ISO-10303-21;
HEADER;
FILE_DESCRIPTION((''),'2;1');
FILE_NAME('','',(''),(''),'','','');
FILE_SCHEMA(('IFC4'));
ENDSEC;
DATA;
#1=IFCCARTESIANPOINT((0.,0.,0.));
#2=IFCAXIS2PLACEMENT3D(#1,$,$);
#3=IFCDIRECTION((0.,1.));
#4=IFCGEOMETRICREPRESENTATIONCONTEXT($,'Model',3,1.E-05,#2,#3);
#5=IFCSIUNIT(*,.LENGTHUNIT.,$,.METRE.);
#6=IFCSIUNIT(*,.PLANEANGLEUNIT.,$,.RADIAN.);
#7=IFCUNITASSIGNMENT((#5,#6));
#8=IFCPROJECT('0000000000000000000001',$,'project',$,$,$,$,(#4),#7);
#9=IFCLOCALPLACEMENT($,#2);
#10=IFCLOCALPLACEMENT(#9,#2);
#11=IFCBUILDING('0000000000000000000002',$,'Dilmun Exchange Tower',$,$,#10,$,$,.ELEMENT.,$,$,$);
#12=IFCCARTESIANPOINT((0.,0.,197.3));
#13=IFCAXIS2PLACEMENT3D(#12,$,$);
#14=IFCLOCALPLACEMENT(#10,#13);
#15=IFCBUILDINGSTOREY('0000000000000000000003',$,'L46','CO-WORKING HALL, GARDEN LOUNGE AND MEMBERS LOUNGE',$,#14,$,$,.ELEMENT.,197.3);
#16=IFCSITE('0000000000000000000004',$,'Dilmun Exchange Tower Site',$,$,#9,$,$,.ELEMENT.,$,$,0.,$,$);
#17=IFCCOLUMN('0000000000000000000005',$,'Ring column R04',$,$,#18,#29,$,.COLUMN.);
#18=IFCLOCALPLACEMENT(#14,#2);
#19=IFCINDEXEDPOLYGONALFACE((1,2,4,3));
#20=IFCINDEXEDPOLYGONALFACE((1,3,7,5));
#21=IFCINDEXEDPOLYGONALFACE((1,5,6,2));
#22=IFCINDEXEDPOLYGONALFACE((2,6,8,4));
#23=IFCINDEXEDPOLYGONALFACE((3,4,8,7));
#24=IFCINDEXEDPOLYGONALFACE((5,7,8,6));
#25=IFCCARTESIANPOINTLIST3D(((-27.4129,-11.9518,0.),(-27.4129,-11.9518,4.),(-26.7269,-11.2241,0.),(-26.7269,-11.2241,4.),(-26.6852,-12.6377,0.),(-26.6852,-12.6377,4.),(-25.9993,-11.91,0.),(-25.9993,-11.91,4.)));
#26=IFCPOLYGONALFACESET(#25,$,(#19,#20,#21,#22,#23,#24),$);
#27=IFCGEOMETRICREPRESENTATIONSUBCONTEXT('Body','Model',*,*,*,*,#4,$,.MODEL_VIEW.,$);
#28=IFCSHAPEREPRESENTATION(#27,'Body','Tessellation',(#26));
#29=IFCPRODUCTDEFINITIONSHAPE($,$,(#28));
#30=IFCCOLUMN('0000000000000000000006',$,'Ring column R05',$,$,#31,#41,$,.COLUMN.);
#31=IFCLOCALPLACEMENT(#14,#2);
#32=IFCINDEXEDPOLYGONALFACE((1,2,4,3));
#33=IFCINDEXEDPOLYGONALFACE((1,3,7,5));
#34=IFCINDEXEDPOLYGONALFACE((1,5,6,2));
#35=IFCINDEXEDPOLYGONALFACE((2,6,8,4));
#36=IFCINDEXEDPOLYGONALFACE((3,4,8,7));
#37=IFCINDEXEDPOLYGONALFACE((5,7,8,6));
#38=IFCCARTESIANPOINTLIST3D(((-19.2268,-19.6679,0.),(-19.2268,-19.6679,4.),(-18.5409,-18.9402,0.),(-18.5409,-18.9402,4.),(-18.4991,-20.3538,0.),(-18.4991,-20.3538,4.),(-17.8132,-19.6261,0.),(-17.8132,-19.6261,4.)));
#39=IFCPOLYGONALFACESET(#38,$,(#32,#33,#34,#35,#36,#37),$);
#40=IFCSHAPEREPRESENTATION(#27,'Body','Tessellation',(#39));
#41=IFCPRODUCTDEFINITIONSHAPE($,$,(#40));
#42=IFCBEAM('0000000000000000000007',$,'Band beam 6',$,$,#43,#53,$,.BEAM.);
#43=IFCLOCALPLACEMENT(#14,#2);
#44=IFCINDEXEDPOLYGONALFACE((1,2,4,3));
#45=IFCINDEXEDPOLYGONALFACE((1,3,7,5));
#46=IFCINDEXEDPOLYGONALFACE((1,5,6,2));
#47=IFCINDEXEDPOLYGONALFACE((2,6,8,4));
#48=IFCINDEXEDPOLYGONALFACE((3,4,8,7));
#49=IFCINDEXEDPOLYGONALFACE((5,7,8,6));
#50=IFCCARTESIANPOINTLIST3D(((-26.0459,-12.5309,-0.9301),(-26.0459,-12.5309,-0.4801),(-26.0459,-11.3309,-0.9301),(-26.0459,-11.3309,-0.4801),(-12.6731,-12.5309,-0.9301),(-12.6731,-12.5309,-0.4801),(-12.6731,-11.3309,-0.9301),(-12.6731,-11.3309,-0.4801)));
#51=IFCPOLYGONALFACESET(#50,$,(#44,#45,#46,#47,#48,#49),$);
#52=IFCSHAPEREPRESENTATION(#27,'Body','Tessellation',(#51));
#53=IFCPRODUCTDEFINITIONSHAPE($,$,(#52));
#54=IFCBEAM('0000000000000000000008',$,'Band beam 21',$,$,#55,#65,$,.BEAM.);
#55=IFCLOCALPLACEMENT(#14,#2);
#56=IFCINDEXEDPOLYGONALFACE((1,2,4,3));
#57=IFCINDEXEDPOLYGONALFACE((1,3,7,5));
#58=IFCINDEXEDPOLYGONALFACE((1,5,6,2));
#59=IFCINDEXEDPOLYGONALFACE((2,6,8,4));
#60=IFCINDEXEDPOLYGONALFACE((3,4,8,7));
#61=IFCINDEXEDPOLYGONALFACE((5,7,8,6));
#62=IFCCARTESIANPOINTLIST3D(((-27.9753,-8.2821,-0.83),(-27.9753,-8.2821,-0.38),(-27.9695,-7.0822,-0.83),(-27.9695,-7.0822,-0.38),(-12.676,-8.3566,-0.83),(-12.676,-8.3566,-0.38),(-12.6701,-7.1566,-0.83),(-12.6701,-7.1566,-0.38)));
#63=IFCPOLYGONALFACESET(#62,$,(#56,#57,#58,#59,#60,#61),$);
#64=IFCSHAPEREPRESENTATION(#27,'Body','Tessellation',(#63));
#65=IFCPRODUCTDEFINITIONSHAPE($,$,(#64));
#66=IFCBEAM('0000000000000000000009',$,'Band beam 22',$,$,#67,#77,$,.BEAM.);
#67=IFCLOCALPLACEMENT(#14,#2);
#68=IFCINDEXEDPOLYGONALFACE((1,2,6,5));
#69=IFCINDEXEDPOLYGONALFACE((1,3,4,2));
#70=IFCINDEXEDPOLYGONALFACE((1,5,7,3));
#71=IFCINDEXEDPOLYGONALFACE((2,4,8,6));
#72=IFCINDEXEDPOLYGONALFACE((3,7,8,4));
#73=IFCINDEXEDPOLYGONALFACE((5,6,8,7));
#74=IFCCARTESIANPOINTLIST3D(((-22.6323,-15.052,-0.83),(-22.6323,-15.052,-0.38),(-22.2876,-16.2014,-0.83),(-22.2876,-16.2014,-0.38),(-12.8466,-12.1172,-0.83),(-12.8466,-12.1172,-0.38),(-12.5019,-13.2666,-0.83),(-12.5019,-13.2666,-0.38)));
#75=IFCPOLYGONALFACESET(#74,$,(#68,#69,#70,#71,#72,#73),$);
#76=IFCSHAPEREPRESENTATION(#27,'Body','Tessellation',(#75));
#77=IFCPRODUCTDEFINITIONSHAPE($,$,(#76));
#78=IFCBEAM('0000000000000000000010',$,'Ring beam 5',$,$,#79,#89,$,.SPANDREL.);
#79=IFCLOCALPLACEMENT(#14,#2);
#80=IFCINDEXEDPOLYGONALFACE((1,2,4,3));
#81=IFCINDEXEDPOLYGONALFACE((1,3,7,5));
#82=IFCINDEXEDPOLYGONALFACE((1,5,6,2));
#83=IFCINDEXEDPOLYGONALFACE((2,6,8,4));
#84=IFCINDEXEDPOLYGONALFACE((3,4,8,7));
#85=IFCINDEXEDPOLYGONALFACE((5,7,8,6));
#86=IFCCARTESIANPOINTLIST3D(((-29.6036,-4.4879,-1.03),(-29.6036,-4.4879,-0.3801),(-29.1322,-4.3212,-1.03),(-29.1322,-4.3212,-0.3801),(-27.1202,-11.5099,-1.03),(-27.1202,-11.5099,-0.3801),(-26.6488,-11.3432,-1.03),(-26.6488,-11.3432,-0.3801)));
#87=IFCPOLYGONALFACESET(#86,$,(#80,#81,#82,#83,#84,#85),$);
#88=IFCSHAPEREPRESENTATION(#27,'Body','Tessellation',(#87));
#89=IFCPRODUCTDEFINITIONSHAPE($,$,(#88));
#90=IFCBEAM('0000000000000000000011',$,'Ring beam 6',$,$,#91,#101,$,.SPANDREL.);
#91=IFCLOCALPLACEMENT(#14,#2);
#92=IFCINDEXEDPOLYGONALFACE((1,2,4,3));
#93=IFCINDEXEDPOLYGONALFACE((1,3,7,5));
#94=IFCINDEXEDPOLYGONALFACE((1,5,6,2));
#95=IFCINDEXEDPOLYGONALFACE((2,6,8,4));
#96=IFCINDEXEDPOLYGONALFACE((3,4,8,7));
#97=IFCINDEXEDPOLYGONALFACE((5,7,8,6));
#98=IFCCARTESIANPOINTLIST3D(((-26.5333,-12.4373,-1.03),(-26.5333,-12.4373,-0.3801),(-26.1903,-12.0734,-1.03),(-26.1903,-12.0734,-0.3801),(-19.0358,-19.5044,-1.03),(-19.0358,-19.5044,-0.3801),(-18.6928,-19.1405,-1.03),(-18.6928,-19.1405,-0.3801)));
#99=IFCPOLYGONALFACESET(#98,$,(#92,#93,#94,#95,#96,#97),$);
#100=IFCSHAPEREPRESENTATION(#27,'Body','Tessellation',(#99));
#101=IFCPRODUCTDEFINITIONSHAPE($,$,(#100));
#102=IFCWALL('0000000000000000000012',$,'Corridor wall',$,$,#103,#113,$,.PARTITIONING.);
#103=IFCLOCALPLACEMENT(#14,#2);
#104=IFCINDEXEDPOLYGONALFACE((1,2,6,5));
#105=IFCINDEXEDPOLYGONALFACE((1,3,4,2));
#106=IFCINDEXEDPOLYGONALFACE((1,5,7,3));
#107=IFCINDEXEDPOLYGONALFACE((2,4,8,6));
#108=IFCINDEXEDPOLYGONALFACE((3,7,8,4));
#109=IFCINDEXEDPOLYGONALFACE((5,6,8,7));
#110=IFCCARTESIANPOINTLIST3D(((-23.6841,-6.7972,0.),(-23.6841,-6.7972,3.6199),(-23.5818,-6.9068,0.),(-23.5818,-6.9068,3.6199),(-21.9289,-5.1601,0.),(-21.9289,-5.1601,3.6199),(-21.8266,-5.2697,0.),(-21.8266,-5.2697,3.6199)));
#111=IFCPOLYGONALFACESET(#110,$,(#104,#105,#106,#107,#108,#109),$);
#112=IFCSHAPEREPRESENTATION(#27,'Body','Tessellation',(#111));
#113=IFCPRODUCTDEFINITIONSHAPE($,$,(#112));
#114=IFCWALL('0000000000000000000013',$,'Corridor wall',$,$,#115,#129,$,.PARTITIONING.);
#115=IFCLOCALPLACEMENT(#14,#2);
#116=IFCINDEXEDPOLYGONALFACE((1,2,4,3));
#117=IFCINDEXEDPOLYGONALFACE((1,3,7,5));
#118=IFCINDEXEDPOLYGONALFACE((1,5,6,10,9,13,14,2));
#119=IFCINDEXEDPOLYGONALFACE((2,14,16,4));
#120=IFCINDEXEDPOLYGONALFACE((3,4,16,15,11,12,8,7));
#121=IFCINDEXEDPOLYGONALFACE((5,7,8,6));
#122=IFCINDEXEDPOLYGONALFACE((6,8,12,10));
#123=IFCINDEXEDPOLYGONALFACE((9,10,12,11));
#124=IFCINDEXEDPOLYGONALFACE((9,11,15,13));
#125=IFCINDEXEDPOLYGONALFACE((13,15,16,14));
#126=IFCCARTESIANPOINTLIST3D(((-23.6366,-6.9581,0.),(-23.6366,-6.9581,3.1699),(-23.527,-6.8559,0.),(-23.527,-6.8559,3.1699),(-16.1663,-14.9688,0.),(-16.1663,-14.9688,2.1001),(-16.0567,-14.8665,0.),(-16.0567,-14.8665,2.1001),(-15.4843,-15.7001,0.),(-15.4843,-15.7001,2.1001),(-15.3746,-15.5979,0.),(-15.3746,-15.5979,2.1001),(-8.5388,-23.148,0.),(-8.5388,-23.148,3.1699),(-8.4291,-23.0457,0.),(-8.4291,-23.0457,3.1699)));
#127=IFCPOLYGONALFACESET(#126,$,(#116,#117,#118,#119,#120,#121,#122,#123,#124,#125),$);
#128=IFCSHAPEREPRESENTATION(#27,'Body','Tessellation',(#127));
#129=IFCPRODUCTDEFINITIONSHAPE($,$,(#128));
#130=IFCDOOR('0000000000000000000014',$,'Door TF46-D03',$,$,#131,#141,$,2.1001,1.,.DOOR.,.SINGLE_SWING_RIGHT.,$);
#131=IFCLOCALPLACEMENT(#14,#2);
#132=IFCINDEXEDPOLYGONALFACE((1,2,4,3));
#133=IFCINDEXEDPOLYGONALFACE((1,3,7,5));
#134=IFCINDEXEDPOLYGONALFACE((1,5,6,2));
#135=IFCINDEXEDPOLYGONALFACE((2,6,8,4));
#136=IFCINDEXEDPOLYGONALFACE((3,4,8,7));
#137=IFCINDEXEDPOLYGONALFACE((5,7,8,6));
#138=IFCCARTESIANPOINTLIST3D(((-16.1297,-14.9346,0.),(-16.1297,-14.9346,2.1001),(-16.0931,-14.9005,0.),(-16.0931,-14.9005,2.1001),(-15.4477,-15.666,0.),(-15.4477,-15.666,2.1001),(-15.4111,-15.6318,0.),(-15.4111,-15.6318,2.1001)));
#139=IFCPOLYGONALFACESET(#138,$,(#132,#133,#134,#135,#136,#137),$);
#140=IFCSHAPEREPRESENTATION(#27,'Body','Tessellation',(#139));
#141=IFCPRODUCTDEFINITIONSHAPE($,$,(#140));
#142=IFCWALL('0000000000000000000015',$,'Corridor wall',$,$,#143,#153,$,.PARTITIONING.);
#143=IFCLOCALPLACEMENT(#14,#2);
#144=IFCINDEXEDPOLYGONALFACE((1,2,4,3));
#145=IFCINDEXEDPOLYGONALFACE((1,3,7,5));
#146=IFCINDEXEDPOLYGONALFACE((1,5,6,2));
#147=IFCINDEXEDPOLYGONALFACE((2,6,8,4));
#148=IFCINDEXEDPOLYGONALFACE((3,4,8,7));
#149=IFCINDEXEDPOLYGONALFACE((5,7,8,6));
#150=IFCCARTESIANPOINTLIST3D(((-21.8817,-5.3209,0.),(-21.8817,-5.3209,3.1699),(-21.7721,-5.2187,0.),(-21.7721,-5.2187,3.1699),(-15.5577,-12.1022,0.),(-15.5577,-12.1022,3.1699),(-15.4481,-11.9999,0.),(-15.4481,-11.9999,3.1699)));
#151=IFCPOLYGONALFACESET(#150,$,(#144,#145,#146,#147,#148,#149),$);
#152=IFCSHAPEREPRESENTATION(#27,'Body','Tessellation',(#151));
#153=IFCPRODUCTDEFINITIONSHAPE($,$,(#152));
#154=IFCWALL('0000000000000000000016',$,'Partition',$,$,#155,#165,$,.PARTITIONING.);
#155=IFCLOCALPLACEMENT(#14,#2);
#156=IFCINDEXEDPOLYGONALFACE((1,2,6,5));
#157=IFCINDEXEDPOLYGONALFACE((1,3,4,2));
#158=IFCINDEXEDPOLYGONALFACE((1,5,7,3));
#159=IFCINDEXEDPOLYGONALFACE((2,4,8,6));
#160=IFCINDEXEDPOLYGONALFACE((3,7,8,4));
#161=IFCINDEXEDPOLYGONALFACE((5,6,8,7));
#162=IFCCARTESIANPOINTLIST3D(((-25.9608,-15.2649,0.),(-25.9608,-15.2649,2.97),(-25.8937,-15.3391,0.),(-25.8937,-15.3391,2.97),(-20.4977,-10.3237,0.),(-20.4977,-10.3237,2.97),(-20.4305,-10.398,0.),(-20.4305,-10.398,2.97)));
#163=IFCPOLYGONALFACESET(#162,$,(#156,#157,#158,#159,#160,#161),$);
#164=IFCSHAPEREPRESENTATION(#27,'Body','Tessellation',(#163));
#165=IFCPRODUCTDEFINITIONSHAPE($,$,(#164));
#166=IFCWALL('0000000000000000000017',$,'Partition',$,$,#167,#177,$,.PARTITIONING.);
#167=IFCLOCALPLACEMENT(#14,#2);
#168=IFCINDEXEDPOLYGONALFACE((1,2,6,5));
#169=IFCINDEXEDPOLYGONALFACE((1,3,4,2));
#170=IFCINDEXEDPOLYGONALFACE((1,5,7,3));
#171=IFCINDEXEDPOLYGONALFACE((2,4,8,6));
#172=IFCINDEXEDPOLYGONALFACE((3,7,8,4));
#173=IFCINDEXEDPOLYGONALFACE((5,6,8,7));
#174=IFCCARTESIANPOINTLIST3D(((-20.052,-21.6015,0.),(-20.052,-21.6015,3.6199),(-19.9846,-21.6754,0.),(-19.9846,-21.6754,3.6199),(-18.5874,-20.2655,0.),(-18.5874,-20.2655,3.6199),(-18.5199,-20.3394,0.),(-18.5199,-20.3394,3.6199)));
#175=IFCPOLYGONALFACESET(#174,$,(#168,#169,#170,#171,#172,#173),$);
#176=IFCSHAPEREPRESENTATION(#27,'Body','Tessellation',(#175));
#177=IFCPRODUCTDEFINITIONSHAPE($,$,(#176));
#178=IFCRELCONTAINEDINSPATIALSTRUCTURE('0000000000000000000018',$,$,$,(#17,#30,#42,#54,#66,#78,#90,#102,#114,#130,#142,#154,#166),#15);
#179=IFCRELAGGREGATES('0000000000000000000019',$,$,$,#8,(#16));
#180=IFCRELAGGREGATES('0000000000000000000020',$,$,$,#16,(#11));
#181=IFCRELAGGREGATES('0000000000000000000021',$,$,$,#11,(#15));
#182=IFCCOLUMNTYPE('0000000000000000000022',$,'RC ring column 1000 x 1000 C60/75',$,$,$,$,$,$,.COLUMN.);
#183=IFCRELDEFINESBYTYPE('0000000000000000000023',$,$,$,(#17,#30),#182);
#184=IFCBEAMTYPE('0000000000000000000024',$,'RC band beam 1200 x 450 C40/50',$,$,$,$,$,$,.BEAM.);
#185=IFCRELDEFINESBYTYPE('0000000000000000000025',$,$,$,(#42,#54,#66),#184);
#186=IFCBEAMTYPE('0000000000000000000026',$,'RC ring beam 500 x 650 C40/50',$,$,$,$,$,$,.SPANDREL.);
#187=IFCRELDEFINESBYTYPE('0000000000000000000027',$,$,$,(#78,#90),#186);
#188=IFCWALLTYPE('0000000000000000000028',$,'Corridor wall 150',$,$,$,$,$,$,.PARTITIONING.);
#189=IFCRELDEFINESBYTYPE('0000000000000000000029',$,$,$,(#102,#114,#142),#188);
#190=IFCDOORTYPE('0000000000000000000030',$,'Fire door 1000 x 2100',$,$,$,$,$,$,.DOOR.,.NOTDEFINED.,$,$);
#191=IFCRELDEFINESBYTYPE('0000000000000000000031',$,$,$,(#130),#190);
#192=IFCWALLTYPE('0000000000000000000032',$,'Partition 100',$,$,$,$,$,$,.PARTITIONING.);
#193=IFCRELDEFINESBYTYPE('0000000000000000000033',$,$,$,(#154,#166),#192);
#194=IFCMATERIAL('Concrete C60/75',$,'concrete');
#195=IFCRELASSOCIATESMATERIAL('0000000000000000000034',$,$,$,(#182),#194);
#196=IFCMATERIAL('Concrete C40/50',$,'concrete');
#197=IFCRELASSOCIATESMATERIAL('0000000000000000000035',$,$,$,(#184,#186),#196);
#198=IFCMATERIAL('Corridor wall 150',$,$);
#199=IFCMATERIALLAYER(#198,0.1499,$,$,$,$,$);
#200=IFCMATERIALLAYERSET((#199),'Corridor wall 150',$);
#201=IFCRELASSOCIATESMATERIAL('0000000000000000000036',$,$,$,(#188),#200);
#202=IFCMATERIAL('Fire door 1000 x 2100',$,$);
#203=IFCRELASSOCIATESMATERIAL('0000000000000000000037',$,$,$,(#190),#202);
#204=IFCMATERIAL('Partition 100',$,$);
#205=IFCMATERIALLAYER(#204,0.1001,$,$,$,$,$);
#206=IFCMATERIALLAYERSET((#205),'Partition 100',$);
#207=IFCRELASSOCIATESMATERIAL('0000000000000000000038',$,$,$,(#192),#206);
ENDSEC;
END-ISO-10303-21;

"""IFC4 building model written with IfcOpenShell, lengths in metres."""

from ifc_helpers import new_model, si_unit, direction, frame, frame_2d, origin, origin_2d, place, context, subcontext, project, spatial, rectangle, extrude, material, layer, layer_set, material_profile, profile_set, type_object, element, fill, save


model = new_model("IFC4")

# Units and contexts
model_context = context("Model", 3, precision=1e-05, world=origin(), true_north=direction((0.0, 1.0)))
body_context = subcontext(model_context, "Body", "Model", "MODEL_VIEW")
ifc_project = project(units=[si_unit("LENGTHUNIT", "METRE"), si_unit("PLANEANGLEUNIT", "RADIAN")], contexts=[model_context])

# Site, building, storey
site_placement = place(None, origin())
site = spatial("IfcSite", under=ifc_project, at=site_placement, Name="Dilmun Exchange Tower Site", CompositionType="ELEMENT", RefElevation=0.0)
building_placement = place(site_placement, origin())
building = spatial("IfcBuilding", under=site, at=building_placement, Name="Dilmun Exchange Tower", CompositionType="ELEMENT")
storey_placement = place(building_placement, frame((0.0, 0.0, 197.3)))
storey = spatial("IfcBuildingStorey", under=building, at=storey_placement, Name="L46", Description="CO-WORKING HALL, GARDEN LOUNGE AND MEMBERS LOUNGE", CompositionType="ELEMENT", Elevation=197.3)

# Columns
ifc_material_1 = material(Name="Concrete C60/75", Category="concrete")
ifc_material_profile_1 = material_profile(ifc_material_1, rectangle(XDim=1.0, YDim=1.0, at=origin_2d()), Name="1000 x 1000")
ifc_profile_set_1 = profile_set([ifc_material_profile_1], Name="Concrete C60/75")
column_type = type_object("IfcColumnType", Name="RC ring column 1000 x 1000 C60/75", PredefinedType="COLUMN", material=ifc_profile_set_1)
for number, where, z_axis, x_axis, name in (
    (1, (-26.7061, -11.9309, 0.0), (0.0, 0.0, 1.0), (0.685916, 0.727681, 0.0), "Ring column R04"),
    (2, (-18.52, -19.647, 0.0), (0.0, 0.0, 1.0), (0.685916, 0.727681, 0.0), "Ring column R05"),
):
    element("IfcColumn", number, at=place(storey_placement, frame(where, z_axis=z_axis, x_axis=x_axis)), inside=storey, type_object=column_type, Name=name, PredefinedType="COLUMN", context=body_context, shape_type="SweptSolid", body=[
        extrude(rectangle(XDim=1.0, YDim=1.0, at=origin_2d()), origin(), (0.0, 0.0, 1.0), 4.0),
    ])

# Beams
ifc_material_2 = material(Name="Concrete C40/50", Category="concrete")
ifc_material_profile_2 = material_profile(ifc_material_2, rectangle(XDim=1.2, YDim=0.45, at=origin_2d()), Name="1200 x 450")
ifc_profile_set_2 = profile_set([ifc_material_profile_2], Name="Concrete C40/50")
beam_type_1 = type_object("IfcBeamType", Name="RC band beam 1200 x 450 C40/50", PredefinedType="BEAM", material=ifc_profile_set_2)
beam_1_placement = place(storey_placement, frame((-26.0459, -11.9309, -0.7051), z_axis=(1.0, 0.0, 0.0), x_axis=(0.0, 1.0, 0.0)))
element("IfcBeam", 3, at=beam_1_placement, inside=storey, type_object=beam_type_1, Name="Band beam 6", PredefinedType="BEAM", context=body_context, shape_type="SweptSolid", body=[
    extrude(rectangle(XDim=1.2, YDim=0.45, at=origin_2d()), origin(), (0.0, 0.0, 1.0), 13.3728),
])
beam_2_placement = place(storey_placement, frame((-27.9724, -7.6821, -0.605), z_axis=(0.999988, -0.004867, 0.0), x_axis=(0.004867, 0.999988, 0.0)))
element("IfcBeam", 4, at=beam_2_placement, inside=storey, type_object=beam_type_1, Name="Band beam 21", PredefinedType="BEAM", context=body_context, shape_type="SweptSolid", body=[
    extrude(rectangle(XDim=1.2, YDim=0.45, at=origin_2d()), origin(), (0.0, 0.0, 1.0), 15.2996),
])
beam_3_placement = place(storey_placement, frame((-22.46, -15.6267, -0.605), z_axis=(0.95785, 0.287269, 0.0), x_axis=(-0.287269, 0.95785, 0.0)))
element("IfcBeam", 5, at=beam_3_placement, inside=storey, type_object=beam_type_1, Name="Band beam 22", PredefinedType="BEAM", context=body_context, shape_type="SweptSolid", body=[
    extrude(rectangle(XDim=1.2, YDim=0.45, at=origin_2d()), origin(), (0.0, 0.0, 1.0), 10.2163),
])
ifc_material_profile_3 = material_profile(ifc_material_2, rectangle(XDim=0.5, YDim=0.6499, at=origin_2d()), Name="500 x 650")
ifc_profile_set_3 = profile_set([ifc_material_profile_3], Name="Concrete C40/50")
beam_type_2 = type_object("IfcBeamType", Name="RC ring beam 500 x 650 C40/50", PredefinedType="SPANDREL", material=ifc_profile_set_3)
beam_4_placement = place(storey_placement, frame((-29.3679, -4.4045, -0.7051), z_axis=(0.333424, -0.942777, 0.0), x_axis=(0.942777, 0.333424, 0.0)))
element("IfcBeam", 6, at=beam_4_placement, inside=storey, type_object=beam_type_2, Name="Ring beam 5", PredefinedType="SPANDREL", context=body_context, shape_type="SweptSolid", body=[
    extrude(rectangle(XDim=0.5, YDim=0.6499, at=origin_2d()), origin(), (0.0, 0.0, 1.0), 7.4482),
])
beam_5_placement = place(storey_placement, frame((-26.3618, -12.2554, -0.7051), z_axis=(0.727686, -0.685911, 0.0), x_axis=(0.685911, 0.727686, 0.0)))
element("IfcBeam", 7, at=beam_5_placement, inside=storey, type_object=beam_type_2, Name="Ring beam 6", PredefinedType="SPANDREL", context=body_context, shape_type="SweptSolid", body=[
    extrude(rectangle(XDim=0.5, YDim=0.6499, at=origin_2d()), origin(), (0.0, 0.0, 1.0), 10.3032),
])

# Wall
ifc_material_3 = material(Name="Corridor wall 150")
ifc_layer_1 = layer(ifc_material_3, 0.1499)
ifc_layer_set_1 = layer_set([ifc_layer_1], Name="Corridor wall 150")
wall_type_1 = type_object("IfcWallType", Name="Corridor wall 150", PredefinedType="PARTITIONING", material=ifc_layer_set_1)
wall_1_placement = place(storey_placement, frame((-23.6331, -6.8521, 0.0), z_axis=(0.0, 0.0, 1.0), x_axis=(0.731295, 0.682061, 0.0)))
element("IfcWall", 8, at=wall_1_placement, inside=storey, type_object=wall_type_1, Name="Corridor wall", PredefinedType="PARTITIONING", context=body_context, shape_type="SweptSolid", body=[
    extrude(rectangle(XDim=2.4001, YDim=0.1499, at=frame_2d((1.2002, 0.0))), origin(), (0.0, 0.0, 1.0), 3.6199),
])

# Wall, opening, door
wall_2_placement = place(storey_placement, frame((-23.5818, -6.907, 0.0), z_axis=(0.0, 0.0, 1.0), x_axis=(0.682011, -0.731342, 0.0)))
wall_2 = element("IfcWall", 9, at=wall_2_placement, inside=storey, type_object=wall_type_1, Name="Corridor wall", PredefinedType="PARTITIONING", context=body_context, shape_type="SweptSolid", body=[
    extrude(rectangle(XDim=22.1372, YDim=0.1499, at=frame_2d((11.0686, 0.0))), origin(), (0.0, 0.0, 1.0), 3.1699),
])
opening_1_placement = place(wall_2_placement, frame((10.9534, 0.0, 0.0)))
opening_1 = element("IfcOpeningElement", 10, at=opening_1_placement, cuts=wall_2, PredefinedType="OPENING", context=body_context, shape_type="SweptSolid", body=[
    extrude(rectangle(XDim=1.0, YDim=2.1001, at=frame_2d((0.5, 1.05))), frame((0.0, 0.085, 0.0), z_axis=(0.0, -1.0, 0.0), x_axis=(1.0, 0.0, 0.0)), (0.0, 0.0, 1.0), 0.1699),
])
ifc_material_4 = material(Name="Fire door 1000 x 2100")
door_type = type_object("IfcDoorType", Name="Fire door 1000 x 2100", OperationType="NOTDEFINED", PredefinedType="DOOR", material=ifc_material_4)
door_placement = place(opening_1_placement, frame((1.0, 0.0, 0.0), z_axis=(0.0, 0.0, 1.0), x_axis=(-1.0, 0.0, 0.0)))
door = element("IfcDoor", 11, at=door_placement, inside=storey, type_object=door_type, Name="Door TF46-D03", OperationType="SINGLE_SWING_RIGHT", OverallHeight=2.1001, OverallWidth=1.0, PredefinedType="DOOR", context=body_context, shape_type="SweptSolid", body=[
    extrude(rectangle(XDim=1.0, YDim=2.1001, at=frame_2d((0.5, 1.05))), frame((0.0, 0.0249, 0.0), z_axis=(0.0, -1.0, 0.0), x_axis=(1.0, 0.0, 0.0)), (0.0, 0.0, 1.0), 0.05),
])
fill(opening_1, door)

# Walls
wall_3_placement = place(storey_placement, frame((-21.8269, -5.2698, 0.0), z_axis=(0.0, 0.0, 1.0), x_axis=(0.682019, -0.731335, 0.0)))
element("IfcWall", 12, at=wall_3_placement, inside=storey, type_object=wall_type_1, Name="Corridor wall", PredefinedType="PARTITIONING", context=body_context, shape_type="SweptSolid", body=[
    extrude(rectangle(XDim=9.2725, YDim=0.1499, at=frame_2d((4.6362, 0.0))), origin(), (0.0, 0.0, 1.0), 3.1699),
])
ifc_material_5 = material(Name="Partition 100")
ifc_layer_2 = layer(ifc_material_5, 0.1001)
ifc_layer_set_2 = layer_set([ifc_layer_2], Name="Partition 100")
wall_type_2 = type_object("IfcWallType", Name="Partition 100", PredefinedType="PARTITIONING", material=ifc_layer_set_2)
wall_4_placement = place(storey_placement, frame((-25.9272, -15.302, 0.0), z_axis=(0.0, 0.0, 1.0), x_axis=(0.741649, 0.670788, 0.0)))
element("IfcWall", 13, at=wall_4_placement, inside=storey, type_object=wall_type_2, Name="Partition", PredefinedType="PARTITIONING", context=body_context, shape_type="SweptSolid", body=[
    extrude(rectangle(XDim=7.3662, YDim=0.1001, at=frame_2d((3.6831, 0.0))), origin(), (0.0, 0.0, 1.0), 2.97),
])
wall_5_placement = place(storey_placement, frame((-20.0183, -21.6384, 0.0), z_axis=(0.0, 0.0, 1.0), x_axis=(0.738813, 0.67391, 0.0)))
element("IfcWall", 14, at=wall_5_placement, inside=storey, type_object=wall_type_2, Name="Partition", PredefinedType="PARTITIONING", context=body_context, shape_type="SweptSolid", body=[
    extrude(rectangle(XDim=1.9824, YDim=0.1001, at=frame_2d((0.9912, 0.0))), origin(), (0.0, 0.0, 1.0), 3.6199),
])

save(model, "model.ifc")
